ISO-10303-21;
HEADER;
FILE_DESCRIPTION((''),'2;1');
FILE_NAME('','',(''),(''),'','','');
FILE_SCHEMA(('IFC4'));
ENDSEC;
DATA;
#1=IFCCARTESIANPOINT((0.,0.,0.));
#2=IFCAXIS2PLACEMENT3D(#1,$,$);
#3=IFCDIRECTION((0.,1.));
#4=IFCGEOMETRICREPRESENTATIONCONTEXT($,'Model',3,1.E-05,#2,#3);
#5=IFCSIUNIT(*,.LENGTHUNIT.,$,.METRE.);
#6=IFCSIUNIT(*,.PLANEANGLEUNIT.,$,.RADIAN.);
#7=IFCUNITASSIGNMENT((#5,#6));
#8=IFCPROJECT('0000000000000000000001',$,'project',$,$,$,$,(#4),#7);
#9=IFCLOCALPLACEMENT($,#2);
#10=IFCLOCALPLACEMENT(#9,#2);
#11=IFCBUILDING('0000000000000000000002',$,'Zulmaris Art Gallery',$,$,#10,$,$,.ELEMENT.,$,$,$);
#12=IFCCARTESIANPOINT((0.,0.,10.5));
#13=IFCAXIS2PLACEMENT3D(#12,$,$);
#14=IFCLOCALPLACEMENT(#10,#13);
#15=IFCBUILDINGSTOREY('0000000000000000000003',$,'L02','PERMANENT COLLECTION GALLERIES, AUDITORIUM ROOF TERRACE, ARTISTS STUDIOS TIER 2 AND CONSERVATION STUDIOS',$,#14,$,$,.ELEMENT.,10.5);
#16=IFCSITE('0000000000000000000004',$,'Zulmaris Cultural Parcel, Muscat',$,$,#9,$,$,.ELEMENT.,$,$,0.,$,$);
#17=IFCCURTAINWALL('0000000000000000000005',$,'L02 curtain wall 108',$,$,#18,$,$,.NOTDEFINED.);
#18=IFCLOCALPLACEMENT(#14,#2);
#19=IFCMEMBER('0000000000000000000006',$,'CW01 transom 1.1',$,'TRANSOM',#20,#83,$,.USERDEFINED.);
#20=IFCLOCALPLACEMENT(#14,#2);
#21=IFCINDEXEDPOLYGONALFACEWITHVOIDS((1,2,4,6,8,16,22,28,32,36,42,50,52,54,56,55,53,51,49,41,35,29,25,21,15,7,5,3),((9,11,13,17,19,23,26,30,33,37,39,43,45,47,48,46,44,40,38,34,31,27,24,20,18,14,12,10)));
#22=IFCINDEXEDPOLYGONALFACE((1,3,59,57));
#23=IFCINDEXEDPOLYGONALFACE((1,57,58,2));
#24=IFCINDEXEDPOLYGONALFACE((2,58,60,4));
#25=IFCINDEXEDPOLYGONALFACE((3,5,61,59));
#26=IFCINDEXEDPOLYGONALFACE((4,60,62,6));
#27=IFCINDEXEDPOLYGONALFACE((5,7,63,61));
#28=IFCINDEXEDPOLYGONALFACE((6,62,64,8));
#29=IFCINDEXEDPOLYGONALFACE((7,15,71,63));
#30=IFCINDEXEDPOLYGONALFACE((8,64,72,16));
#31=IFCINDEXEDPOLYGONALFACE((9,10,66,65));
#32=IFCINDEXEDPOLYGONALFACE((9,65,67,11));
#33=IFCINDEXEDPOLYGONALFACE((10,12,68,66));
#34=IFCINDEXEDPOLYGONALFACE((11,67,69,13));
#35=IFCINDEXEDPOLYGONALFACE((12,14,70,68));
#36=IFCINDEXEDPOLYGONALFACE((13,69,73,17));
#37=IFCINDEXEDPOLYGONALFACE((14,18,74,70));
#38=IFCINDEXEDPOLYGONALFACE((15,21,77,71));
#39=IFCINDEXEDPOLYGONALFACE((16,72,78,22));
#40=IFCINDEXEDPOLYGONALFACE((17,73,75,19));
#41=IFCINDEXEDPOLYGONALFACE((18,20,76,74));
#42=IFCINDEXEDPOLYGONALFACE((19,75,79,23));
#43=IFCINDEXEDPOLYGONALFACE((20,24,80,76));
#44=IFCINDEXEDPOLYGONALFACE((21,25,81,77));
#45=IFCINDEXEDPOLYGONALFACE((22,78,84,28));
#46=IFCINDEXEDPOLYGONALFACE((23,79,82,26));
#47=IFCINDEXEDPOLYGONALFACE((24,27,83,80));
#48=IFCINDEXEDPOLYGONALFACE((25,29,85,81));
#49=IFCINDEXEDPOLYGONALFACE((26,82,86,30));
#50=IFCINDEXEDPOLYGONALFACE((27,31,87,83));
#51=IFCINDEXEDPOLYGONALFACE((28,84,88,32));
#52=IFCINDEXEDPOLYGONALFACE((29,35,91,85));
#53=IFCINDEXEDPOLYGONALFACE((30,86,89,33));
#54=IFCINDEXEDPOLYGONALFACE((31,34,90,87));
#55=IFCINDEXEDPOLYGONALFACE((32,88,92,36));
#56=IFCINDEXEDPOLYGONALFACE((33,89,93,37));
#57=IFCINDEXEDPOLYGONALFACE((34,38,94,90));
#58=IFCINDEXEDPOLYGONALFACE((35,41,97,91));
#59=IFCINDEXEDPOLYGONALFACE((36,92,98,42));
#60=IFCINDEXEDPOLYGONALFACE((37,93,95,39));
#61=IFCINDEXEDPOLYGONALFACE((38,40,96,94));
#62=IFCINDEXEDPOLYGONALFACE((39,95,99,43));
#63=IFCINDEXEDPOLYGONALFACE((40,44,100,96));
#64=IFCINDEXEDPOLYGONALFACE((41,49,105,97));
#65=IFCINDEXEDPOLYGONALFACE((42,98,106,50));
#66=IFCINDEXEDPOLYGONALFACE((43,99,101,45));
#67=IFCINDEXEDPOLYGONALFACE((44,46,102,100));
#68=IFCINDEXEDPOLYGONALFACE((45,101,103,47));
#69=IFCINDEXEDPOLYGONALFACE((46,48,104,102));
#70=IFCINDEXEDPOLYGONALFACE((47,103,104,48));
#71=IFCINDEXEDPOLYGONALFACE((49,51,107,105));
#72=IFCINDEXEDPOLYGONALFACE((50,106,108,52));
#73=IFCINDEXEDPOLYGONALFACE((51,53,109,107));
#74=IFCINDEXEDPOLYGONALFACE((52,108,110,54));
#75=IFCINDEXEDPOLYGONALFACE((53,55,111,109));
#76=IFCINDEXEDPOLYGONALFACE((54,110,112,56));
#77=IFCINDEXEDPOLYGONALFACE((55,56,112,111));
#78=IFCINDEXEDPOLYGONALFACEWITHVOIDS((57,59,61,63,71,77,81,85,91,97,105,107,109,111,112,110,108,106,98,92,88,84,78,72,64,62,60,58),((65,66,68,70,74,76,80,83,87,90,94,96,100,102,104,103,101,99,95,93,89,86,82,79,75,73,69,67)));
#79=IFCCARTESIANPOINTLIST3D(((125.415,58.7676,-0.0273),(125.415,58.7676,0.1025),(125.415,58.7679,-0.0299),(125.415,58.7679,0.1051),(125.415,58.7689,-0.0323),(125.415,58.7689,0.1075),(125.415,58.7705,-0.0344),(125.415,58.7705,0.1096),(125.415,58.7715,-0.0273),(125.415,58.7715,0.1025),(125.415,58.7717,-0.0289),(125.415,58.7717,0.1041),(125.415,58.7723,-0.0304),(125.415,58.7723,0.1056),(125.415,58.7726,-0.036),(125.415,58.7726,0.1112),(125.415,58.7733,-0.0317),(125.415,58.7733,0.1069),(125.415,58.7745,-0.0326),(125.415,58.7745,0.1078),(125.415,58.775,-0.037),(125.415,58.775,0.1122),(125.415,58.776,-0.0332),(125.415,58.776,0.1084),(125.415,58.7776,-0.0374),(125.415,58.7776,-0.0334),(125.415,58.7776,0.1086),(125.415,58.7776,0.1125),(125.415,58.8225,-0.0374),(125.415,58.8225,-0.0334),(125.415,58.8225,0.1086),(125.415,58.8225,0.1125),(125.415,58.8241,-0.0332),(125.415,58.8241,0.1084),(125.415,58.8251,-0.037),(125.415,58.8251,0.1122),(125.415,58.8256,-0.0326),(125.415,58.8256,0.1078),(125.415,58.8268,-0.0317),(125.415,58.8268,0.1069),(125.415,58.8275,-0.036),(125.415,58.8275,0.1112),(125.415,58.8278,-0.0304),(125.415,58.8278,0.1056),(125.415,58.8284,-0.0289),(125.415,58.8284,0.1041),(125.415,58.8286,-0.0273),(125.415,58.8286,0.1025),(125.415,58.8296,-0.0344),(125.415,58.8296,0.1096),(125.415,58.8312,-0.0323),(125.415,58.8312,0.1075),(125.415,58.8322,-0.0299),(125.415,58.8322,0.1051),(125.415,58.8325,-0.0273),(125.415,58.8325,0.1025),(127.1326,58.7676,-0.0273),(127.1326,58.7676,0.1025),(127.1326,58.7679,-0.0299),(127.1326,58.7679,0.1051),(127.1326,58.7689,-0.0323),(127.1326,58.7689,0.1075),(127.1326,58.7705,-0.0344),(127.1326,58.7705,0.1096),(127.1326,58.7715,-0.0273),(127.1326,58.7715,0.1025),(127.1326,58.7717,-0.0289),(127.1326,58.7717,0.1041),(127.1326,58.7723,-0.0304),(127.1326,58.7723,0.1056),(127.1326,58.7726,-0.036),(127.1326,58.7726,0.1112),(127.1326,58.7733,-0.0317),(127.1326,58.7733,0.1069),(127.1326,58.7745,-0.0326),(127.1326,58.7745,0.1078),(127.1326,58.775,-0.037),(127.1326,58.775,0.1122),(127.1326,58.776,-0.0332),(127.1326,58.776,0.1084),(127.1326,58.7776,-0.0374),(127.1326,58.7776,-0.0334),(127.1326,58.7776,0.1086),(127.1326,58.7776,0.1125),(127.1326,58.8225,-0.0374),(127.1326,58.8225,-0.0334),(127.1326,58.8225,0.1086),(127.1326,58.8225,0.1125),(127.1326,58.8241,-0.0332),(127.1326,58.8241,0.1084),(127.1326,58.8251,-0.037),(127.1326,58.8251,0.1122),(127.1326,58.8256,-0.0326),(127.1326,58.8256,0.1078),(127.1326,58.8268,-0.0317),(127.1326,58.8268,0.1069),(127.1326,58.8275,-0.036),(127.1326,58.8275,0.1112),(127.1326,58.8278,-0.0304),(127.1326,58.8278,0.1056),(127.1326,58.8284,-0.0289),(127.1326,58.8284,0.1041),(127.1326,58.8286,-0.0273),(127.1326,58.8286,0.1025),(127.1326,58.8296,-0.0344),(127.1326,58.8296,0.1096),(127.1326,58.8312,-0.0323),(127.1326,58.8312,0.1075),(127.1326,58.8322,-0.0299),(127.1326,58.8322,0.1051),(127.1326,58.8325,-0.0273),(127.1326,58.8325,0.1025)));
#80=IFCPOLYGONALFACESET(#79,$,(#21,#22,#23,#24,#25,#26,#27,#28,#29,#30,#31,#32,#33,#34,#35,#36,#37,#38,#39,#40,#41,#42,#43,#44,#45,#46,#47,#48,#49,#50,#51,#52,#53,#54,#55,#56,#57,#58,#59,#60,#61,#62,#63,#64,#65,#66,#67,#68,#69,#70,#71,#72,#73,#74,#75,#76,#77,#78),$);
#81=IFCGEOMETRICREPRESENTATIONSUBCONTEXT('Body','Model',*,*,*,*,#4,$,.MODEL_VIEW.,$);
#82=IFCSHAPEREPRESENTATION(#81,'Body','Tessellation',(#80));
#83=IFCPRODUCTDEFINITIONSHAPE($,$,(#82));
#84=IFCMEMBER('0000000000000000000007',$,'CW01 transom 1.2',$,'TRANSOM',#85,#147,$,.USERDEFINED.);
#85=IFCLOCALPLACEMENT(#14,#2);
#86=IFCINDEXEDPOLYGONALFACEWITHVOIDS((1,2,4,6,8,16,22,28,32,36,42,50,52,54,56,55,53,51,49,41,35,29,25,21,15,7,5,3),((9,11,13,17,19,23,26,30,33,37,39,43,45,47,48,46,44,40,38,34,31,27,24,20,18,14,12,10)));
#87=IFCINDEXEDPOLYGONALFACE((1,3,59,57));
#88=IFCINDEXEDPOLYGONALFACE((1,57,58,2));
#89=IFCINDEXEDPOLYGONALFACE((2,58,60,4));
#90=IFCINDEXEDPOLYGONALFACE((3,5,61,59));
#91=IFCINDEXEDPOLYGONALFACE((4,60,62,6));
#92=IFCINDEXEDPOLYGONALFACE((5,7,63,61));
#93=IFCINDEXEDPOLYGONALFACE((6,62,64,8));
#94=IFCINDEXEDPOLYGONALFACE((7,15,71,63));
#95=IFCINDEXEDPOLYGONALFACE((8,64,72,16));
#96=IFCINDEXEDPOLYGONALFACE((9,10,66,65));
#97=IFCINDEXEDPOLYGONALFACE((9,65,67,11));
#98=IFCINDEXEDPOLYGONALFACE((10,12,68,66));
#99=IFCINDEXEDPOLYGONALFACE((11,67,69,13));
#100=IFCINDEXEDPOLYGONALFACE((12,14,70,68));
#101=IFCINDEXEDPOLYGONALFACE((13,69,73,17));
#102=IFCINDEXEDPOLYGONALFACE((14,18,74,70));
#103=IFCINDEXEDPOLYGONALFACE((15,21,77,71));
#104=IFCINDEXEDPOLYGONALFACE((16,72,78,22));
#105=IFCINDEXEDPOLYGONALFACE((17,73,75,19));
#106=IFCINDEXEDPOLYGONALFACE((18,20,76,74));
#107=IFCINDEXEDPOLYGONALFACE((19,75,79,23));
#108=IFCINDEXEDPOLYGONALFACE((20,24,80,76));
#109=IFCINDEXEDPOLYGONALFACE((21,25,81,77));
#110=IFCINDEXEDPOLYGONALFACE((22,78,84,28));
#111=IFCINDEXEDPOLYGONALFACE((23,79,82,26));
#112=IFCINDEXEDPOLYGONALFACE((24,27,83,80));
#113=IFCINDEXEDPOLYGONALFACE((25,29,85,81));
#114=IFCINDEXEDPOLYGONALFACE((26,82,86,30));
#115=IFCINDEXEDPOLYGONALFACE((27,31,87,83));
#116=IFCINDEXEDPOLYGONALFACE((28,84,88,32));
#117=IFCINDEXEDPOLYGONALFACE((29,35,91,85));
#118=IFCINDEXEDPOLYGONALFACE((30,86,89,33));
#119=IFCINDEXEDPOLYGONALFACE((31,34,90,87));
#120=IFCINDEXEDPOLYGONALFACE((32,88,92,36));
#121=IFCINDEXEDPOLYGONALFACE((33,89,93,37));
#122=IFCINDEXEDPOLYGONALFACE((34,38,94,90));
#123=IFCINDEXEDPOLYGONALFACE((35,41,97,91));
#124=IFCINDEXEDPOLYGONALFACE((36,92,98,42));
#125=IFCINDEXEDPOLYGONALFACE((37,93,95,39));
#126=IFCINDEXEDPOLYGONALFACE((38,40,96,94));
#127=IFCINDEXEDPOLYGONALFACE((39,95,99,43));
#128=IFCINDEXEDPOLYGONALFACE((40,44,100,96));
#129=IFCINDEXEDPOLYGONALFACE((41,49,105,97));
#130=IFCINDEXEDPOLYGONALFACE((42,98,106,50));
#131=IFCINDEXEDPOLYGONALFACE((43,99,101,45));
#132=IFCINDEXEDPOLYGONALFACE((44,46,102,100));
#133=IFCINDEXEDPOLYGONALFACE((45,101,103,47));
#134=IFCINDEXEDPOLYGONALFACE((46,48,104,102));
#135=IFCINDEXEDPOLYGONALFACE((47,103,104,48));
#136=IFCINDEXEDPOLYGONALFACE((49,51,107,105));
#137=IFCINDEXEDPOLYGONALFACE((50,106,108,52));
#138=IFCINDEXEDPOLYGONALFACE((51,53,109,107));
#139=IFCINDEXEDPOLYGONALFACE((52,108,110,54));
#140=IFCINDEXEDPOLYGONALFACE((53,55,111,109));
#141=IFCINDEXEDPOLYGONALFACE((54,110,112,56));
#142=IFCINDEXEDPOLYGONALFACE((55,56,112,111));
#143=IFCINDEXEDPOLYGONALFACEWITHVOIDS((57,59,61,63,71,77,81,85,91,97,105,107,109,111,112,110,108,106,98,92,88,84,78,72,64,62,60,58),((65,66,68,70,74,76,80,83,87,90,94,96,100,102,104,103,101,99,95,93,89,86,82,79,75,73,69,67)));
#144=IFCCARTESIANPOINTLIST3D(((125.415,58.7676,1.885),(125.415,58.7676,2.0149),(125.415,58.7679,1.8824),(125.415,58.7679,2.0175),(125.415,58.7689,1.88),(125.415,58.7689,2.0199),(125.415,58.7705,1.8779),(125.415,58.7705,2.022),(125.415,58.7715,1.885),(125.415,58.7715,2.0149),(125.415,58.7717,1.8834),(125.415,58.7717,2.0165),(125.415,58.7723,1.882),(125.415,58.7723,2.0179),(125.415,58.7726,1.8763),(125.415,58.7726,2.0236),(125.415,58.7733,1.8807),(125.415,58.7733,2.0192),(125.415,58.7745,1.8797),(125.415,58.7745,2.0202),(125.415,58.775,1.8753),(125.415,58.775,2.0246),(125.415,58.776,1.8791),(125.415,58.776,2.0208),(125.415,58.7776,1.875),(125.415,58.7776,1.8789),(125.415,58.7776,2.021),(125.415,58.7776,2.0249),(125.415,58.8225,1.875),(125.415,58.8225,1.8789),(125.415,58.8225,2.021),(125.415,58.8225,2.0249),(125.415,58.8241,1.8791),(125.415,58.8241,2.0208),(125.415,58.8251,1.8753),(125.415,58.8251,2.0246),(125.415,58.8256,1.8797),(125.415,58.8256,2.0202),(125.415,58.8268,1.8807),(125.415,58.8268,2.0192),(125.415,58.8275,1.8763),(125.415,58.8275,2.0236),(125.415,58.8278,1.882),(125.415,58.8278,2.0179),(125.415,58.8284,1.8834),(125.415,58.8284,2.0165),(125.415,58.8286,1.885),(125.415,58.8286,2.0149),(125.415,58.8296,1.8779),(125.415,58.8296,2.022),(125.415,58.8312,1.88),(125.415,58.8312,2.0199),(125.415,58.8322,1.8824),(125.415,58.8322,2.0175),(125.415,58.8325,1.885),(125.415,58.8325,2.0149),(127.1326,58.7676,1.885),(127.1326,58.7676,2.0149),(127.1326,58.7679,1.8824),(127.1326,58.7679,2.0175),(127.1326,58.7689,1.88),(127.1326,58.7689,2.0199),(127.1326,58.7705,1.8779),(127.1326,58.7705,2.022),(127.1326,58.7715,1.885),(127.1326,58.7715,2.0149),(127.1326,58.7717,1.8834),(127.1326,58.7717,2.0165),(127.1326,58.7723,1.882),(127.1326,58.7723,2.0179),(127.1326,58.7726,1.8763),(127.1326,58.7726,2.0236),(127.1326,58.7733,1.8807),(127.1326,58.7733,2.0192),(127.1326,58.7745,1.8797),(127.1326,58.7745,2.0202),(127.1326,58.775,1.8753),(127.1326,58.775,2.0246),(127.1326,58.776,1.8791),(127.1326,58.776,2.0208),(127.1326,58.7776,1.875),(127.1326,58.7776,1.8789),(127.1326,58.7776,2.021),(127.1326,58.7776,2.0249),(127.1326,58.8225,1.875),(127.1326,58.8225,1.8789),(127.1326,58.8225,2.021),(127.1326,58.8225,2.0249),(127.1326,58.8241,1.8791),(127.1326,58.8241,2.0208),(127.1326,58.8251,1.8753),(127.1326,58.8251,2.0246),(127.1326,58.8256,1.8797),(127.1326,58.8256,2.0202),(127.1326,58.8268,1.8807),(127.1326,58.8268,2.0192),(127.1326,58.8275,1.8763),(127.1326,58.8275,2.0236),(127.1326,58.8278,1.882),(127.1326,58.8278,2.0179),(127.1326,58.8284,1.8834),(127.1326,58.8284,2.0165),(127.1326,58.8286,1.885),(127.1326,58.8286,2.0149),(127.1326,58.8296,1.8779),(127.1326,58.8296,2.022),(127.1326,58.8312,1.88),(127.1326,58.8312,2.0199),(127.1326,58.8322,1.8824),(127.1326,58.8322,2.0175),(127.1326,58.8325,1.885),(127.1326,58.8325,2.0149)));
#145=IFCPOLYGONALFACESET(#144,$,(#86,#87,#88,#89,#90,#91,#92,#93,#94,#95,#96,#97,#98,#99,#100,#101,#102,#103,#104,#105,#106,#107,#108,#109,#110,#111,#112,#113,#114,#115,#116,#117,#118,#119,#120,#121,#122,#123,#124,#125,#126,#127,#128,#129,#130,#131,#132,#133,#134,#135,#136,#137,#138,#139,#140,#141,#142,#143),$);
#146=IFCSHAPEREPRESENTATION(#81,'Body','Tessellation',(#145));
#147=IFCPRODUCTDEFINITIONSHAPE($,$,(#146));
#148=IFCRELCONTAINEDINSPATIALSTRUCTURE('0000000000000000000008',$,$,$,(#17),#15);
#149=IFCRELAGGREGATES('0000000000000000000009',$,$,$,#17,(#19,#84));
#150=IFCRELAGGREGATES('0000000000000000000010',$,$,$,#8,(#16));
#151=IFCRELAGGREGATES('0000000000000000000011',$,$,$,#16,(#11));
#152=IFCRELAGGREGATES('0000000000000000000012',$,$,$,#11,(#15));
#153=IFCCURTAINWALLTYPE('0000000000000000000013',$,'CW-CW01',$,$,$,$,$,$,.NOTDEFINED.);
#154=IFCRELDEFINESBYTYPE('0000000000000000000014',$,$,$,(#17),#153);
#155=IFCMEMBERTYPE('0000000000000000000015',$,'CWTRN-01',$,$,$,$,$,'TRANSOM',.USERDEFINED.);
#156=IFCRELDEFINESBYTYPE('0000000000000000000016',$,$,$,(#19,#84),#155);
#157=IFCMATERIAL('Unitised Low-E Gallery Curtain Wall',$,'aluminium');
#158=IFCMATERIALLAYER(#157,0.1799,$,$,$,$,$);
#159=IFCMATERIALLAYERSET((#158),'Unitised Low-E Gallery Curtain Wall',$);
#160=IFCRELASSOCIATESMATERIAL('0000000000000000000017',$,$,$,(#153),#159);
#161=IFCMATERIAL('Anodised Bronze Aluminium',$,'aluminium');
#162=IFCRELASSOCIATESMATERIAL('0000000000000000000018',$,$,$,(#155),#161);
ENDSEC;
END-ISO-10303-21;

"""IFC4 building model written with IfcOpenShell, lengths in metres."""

from ifc_helpers import new_model, si_unit, direction, frame, origin, origin_2d, place, context, subcontext, project, spatial, hollow_rectangle, extrude, material, layer, layer_set, material_profile, profile_set, type_object, element, aggregate, save


model = new_model("IFC4")

# Units and contexts
model_context = context("Model", 3, precision=1e-05, world=origin(), true_north=direction((0.0, 1.0)))
body_context = subcontext(model_context, "Body", "Model", "MODEL_VIEW")
ifc_project = project(units=[si_unit("LENGTHUNIT", "METRE"), si_unit("PLANEANGLEUNIT", "RADIAN")], contexts=[model_context])

# Site, building, storey
site_placement = place(None, origin())
site = spatial("IfcSite", under=ifc_project, at=site_placement, Name="Zulmaris Cultural Parcel, Muscat", CompositionType="ELEMENT", RefElevation=0.0)
building_placement = place(site_placement, origin())
building = spatial("IfcBuilding", under=site, at=building_placement, Name="Zulmaris Art Gallery", CompositionType="ELEMENT")
storey_placement = place(building_placement, frame((0.0, 0.0, 10.5)))
storey = spatial("IfcBuildingStorey", under=building, at=storey_placement, Name="L02", Description="PERMANENT COLLECTION GALLERIES, AUDITORIUM ROOF TERRACE, ARTISTS STUDIOS TIER 2 AND CONSERVATION STUDIOS", CompositionType="ELEMENT", Elevation=10.5)

# Curtain wall
ifc_material_1 = material(Name="Unitised Low-E Gallery Curtain Wall", Category="aluminium")
ifc_layer_1 = layer(ifc_material_1, 0.1799)
ifc_layer_set_1 = layer_set([ifc_layer_1], Name="Unitised Low-E Gallery Curtain Wall")
curtain_wall_type = type_object("IfcCurtainWallType", Name="CW-CW01", PredefinedType="NOTDEFINED", material=ifc_layer_set_1)
ifc_material_2 = material(Name="Anodised Bronze Aluminium", Category="aluminium")
curtain_wall_1_placement = place(storey_placement, origin())
curtain_wall_1 = element("IfcCurtainWall", 1, at=curtain_wall_1_placement, inside=storey, type_object=curtain_wall_type, Name="L02 curtain wall 108", PredefinedType="NOTDEFINED")

# Members
ifc_material_profile_1 = material_profile(ifc_material_2, hollow_rectangle(XDim=0.0649, YDim=0.1499, WallThickness=0.0039, InnerFilletRadius=0.0061, OuterFilletRadius=0.01, at=origin_2d()), Name="ALU 65x150x4")
ifc_profile_set_1 = profile_set([ifc_material_profile_1], Name="Anodised Bronze Aluminium")
member_type_1 = type_object("IfcMemberType", Name="CWTRN-01", ElementType="TRANSOM", PredefinedType="USERDEFINED", material=ifc_profile_set_1)
member_1_placement = place(storey_placement, frame((125.415, 58.8, 0.0376), z_axis=(1.0, 0.0, 0.0), x_axis=(0.0, 1.0, 0.0)))
member_1 = element("IfcMember", 2, at=member_1_placement, type_object=member_type_1, Name="CW01 transom 1.1", ObjectType="TRANSOM", PredefinedType="USERDEFINED", context=body_context, shape_type="SweptSolid", body=[
    extrude(hollow_rectangle(XDim=0.0649, YDim=0.1499, WallThickness=0.0039, InnerFilletRadius=0.0061, OuterFilletRadius=0.01, at=origin_2d()), origin(), (0.0, 0.0, 1.0), 1.7175),
])
member_2_placement = place(storey_placement, frame((125.415, 58.8, 1.95), z_axis=(1.0, 0.0, 0.0), x_axis=(0.0, 1.0, 0.0)))
member_2 = element("IfcMember", 3, at=member_2_placement, type_object=member_type_1, Name="CW01 transom 1.2", ObjectType="TRANSOM", PredefinedType="USERDEFINED", context=body_context, shape_type="SweptSolid", body=[
    extrude(hollow_rectangle(XDim=0.0649, YDim=0.1499, WallThickness=0.0039, InnerFilletRadius=0.0061, OuterFilletRadius=0.01, at=origin_2d()), origin(), (0.0, 0.0, 1.0), 1.7175),
])

aggregate(curtain_wall_1, [member_1, member_2])

save(model, "model.ifc")
